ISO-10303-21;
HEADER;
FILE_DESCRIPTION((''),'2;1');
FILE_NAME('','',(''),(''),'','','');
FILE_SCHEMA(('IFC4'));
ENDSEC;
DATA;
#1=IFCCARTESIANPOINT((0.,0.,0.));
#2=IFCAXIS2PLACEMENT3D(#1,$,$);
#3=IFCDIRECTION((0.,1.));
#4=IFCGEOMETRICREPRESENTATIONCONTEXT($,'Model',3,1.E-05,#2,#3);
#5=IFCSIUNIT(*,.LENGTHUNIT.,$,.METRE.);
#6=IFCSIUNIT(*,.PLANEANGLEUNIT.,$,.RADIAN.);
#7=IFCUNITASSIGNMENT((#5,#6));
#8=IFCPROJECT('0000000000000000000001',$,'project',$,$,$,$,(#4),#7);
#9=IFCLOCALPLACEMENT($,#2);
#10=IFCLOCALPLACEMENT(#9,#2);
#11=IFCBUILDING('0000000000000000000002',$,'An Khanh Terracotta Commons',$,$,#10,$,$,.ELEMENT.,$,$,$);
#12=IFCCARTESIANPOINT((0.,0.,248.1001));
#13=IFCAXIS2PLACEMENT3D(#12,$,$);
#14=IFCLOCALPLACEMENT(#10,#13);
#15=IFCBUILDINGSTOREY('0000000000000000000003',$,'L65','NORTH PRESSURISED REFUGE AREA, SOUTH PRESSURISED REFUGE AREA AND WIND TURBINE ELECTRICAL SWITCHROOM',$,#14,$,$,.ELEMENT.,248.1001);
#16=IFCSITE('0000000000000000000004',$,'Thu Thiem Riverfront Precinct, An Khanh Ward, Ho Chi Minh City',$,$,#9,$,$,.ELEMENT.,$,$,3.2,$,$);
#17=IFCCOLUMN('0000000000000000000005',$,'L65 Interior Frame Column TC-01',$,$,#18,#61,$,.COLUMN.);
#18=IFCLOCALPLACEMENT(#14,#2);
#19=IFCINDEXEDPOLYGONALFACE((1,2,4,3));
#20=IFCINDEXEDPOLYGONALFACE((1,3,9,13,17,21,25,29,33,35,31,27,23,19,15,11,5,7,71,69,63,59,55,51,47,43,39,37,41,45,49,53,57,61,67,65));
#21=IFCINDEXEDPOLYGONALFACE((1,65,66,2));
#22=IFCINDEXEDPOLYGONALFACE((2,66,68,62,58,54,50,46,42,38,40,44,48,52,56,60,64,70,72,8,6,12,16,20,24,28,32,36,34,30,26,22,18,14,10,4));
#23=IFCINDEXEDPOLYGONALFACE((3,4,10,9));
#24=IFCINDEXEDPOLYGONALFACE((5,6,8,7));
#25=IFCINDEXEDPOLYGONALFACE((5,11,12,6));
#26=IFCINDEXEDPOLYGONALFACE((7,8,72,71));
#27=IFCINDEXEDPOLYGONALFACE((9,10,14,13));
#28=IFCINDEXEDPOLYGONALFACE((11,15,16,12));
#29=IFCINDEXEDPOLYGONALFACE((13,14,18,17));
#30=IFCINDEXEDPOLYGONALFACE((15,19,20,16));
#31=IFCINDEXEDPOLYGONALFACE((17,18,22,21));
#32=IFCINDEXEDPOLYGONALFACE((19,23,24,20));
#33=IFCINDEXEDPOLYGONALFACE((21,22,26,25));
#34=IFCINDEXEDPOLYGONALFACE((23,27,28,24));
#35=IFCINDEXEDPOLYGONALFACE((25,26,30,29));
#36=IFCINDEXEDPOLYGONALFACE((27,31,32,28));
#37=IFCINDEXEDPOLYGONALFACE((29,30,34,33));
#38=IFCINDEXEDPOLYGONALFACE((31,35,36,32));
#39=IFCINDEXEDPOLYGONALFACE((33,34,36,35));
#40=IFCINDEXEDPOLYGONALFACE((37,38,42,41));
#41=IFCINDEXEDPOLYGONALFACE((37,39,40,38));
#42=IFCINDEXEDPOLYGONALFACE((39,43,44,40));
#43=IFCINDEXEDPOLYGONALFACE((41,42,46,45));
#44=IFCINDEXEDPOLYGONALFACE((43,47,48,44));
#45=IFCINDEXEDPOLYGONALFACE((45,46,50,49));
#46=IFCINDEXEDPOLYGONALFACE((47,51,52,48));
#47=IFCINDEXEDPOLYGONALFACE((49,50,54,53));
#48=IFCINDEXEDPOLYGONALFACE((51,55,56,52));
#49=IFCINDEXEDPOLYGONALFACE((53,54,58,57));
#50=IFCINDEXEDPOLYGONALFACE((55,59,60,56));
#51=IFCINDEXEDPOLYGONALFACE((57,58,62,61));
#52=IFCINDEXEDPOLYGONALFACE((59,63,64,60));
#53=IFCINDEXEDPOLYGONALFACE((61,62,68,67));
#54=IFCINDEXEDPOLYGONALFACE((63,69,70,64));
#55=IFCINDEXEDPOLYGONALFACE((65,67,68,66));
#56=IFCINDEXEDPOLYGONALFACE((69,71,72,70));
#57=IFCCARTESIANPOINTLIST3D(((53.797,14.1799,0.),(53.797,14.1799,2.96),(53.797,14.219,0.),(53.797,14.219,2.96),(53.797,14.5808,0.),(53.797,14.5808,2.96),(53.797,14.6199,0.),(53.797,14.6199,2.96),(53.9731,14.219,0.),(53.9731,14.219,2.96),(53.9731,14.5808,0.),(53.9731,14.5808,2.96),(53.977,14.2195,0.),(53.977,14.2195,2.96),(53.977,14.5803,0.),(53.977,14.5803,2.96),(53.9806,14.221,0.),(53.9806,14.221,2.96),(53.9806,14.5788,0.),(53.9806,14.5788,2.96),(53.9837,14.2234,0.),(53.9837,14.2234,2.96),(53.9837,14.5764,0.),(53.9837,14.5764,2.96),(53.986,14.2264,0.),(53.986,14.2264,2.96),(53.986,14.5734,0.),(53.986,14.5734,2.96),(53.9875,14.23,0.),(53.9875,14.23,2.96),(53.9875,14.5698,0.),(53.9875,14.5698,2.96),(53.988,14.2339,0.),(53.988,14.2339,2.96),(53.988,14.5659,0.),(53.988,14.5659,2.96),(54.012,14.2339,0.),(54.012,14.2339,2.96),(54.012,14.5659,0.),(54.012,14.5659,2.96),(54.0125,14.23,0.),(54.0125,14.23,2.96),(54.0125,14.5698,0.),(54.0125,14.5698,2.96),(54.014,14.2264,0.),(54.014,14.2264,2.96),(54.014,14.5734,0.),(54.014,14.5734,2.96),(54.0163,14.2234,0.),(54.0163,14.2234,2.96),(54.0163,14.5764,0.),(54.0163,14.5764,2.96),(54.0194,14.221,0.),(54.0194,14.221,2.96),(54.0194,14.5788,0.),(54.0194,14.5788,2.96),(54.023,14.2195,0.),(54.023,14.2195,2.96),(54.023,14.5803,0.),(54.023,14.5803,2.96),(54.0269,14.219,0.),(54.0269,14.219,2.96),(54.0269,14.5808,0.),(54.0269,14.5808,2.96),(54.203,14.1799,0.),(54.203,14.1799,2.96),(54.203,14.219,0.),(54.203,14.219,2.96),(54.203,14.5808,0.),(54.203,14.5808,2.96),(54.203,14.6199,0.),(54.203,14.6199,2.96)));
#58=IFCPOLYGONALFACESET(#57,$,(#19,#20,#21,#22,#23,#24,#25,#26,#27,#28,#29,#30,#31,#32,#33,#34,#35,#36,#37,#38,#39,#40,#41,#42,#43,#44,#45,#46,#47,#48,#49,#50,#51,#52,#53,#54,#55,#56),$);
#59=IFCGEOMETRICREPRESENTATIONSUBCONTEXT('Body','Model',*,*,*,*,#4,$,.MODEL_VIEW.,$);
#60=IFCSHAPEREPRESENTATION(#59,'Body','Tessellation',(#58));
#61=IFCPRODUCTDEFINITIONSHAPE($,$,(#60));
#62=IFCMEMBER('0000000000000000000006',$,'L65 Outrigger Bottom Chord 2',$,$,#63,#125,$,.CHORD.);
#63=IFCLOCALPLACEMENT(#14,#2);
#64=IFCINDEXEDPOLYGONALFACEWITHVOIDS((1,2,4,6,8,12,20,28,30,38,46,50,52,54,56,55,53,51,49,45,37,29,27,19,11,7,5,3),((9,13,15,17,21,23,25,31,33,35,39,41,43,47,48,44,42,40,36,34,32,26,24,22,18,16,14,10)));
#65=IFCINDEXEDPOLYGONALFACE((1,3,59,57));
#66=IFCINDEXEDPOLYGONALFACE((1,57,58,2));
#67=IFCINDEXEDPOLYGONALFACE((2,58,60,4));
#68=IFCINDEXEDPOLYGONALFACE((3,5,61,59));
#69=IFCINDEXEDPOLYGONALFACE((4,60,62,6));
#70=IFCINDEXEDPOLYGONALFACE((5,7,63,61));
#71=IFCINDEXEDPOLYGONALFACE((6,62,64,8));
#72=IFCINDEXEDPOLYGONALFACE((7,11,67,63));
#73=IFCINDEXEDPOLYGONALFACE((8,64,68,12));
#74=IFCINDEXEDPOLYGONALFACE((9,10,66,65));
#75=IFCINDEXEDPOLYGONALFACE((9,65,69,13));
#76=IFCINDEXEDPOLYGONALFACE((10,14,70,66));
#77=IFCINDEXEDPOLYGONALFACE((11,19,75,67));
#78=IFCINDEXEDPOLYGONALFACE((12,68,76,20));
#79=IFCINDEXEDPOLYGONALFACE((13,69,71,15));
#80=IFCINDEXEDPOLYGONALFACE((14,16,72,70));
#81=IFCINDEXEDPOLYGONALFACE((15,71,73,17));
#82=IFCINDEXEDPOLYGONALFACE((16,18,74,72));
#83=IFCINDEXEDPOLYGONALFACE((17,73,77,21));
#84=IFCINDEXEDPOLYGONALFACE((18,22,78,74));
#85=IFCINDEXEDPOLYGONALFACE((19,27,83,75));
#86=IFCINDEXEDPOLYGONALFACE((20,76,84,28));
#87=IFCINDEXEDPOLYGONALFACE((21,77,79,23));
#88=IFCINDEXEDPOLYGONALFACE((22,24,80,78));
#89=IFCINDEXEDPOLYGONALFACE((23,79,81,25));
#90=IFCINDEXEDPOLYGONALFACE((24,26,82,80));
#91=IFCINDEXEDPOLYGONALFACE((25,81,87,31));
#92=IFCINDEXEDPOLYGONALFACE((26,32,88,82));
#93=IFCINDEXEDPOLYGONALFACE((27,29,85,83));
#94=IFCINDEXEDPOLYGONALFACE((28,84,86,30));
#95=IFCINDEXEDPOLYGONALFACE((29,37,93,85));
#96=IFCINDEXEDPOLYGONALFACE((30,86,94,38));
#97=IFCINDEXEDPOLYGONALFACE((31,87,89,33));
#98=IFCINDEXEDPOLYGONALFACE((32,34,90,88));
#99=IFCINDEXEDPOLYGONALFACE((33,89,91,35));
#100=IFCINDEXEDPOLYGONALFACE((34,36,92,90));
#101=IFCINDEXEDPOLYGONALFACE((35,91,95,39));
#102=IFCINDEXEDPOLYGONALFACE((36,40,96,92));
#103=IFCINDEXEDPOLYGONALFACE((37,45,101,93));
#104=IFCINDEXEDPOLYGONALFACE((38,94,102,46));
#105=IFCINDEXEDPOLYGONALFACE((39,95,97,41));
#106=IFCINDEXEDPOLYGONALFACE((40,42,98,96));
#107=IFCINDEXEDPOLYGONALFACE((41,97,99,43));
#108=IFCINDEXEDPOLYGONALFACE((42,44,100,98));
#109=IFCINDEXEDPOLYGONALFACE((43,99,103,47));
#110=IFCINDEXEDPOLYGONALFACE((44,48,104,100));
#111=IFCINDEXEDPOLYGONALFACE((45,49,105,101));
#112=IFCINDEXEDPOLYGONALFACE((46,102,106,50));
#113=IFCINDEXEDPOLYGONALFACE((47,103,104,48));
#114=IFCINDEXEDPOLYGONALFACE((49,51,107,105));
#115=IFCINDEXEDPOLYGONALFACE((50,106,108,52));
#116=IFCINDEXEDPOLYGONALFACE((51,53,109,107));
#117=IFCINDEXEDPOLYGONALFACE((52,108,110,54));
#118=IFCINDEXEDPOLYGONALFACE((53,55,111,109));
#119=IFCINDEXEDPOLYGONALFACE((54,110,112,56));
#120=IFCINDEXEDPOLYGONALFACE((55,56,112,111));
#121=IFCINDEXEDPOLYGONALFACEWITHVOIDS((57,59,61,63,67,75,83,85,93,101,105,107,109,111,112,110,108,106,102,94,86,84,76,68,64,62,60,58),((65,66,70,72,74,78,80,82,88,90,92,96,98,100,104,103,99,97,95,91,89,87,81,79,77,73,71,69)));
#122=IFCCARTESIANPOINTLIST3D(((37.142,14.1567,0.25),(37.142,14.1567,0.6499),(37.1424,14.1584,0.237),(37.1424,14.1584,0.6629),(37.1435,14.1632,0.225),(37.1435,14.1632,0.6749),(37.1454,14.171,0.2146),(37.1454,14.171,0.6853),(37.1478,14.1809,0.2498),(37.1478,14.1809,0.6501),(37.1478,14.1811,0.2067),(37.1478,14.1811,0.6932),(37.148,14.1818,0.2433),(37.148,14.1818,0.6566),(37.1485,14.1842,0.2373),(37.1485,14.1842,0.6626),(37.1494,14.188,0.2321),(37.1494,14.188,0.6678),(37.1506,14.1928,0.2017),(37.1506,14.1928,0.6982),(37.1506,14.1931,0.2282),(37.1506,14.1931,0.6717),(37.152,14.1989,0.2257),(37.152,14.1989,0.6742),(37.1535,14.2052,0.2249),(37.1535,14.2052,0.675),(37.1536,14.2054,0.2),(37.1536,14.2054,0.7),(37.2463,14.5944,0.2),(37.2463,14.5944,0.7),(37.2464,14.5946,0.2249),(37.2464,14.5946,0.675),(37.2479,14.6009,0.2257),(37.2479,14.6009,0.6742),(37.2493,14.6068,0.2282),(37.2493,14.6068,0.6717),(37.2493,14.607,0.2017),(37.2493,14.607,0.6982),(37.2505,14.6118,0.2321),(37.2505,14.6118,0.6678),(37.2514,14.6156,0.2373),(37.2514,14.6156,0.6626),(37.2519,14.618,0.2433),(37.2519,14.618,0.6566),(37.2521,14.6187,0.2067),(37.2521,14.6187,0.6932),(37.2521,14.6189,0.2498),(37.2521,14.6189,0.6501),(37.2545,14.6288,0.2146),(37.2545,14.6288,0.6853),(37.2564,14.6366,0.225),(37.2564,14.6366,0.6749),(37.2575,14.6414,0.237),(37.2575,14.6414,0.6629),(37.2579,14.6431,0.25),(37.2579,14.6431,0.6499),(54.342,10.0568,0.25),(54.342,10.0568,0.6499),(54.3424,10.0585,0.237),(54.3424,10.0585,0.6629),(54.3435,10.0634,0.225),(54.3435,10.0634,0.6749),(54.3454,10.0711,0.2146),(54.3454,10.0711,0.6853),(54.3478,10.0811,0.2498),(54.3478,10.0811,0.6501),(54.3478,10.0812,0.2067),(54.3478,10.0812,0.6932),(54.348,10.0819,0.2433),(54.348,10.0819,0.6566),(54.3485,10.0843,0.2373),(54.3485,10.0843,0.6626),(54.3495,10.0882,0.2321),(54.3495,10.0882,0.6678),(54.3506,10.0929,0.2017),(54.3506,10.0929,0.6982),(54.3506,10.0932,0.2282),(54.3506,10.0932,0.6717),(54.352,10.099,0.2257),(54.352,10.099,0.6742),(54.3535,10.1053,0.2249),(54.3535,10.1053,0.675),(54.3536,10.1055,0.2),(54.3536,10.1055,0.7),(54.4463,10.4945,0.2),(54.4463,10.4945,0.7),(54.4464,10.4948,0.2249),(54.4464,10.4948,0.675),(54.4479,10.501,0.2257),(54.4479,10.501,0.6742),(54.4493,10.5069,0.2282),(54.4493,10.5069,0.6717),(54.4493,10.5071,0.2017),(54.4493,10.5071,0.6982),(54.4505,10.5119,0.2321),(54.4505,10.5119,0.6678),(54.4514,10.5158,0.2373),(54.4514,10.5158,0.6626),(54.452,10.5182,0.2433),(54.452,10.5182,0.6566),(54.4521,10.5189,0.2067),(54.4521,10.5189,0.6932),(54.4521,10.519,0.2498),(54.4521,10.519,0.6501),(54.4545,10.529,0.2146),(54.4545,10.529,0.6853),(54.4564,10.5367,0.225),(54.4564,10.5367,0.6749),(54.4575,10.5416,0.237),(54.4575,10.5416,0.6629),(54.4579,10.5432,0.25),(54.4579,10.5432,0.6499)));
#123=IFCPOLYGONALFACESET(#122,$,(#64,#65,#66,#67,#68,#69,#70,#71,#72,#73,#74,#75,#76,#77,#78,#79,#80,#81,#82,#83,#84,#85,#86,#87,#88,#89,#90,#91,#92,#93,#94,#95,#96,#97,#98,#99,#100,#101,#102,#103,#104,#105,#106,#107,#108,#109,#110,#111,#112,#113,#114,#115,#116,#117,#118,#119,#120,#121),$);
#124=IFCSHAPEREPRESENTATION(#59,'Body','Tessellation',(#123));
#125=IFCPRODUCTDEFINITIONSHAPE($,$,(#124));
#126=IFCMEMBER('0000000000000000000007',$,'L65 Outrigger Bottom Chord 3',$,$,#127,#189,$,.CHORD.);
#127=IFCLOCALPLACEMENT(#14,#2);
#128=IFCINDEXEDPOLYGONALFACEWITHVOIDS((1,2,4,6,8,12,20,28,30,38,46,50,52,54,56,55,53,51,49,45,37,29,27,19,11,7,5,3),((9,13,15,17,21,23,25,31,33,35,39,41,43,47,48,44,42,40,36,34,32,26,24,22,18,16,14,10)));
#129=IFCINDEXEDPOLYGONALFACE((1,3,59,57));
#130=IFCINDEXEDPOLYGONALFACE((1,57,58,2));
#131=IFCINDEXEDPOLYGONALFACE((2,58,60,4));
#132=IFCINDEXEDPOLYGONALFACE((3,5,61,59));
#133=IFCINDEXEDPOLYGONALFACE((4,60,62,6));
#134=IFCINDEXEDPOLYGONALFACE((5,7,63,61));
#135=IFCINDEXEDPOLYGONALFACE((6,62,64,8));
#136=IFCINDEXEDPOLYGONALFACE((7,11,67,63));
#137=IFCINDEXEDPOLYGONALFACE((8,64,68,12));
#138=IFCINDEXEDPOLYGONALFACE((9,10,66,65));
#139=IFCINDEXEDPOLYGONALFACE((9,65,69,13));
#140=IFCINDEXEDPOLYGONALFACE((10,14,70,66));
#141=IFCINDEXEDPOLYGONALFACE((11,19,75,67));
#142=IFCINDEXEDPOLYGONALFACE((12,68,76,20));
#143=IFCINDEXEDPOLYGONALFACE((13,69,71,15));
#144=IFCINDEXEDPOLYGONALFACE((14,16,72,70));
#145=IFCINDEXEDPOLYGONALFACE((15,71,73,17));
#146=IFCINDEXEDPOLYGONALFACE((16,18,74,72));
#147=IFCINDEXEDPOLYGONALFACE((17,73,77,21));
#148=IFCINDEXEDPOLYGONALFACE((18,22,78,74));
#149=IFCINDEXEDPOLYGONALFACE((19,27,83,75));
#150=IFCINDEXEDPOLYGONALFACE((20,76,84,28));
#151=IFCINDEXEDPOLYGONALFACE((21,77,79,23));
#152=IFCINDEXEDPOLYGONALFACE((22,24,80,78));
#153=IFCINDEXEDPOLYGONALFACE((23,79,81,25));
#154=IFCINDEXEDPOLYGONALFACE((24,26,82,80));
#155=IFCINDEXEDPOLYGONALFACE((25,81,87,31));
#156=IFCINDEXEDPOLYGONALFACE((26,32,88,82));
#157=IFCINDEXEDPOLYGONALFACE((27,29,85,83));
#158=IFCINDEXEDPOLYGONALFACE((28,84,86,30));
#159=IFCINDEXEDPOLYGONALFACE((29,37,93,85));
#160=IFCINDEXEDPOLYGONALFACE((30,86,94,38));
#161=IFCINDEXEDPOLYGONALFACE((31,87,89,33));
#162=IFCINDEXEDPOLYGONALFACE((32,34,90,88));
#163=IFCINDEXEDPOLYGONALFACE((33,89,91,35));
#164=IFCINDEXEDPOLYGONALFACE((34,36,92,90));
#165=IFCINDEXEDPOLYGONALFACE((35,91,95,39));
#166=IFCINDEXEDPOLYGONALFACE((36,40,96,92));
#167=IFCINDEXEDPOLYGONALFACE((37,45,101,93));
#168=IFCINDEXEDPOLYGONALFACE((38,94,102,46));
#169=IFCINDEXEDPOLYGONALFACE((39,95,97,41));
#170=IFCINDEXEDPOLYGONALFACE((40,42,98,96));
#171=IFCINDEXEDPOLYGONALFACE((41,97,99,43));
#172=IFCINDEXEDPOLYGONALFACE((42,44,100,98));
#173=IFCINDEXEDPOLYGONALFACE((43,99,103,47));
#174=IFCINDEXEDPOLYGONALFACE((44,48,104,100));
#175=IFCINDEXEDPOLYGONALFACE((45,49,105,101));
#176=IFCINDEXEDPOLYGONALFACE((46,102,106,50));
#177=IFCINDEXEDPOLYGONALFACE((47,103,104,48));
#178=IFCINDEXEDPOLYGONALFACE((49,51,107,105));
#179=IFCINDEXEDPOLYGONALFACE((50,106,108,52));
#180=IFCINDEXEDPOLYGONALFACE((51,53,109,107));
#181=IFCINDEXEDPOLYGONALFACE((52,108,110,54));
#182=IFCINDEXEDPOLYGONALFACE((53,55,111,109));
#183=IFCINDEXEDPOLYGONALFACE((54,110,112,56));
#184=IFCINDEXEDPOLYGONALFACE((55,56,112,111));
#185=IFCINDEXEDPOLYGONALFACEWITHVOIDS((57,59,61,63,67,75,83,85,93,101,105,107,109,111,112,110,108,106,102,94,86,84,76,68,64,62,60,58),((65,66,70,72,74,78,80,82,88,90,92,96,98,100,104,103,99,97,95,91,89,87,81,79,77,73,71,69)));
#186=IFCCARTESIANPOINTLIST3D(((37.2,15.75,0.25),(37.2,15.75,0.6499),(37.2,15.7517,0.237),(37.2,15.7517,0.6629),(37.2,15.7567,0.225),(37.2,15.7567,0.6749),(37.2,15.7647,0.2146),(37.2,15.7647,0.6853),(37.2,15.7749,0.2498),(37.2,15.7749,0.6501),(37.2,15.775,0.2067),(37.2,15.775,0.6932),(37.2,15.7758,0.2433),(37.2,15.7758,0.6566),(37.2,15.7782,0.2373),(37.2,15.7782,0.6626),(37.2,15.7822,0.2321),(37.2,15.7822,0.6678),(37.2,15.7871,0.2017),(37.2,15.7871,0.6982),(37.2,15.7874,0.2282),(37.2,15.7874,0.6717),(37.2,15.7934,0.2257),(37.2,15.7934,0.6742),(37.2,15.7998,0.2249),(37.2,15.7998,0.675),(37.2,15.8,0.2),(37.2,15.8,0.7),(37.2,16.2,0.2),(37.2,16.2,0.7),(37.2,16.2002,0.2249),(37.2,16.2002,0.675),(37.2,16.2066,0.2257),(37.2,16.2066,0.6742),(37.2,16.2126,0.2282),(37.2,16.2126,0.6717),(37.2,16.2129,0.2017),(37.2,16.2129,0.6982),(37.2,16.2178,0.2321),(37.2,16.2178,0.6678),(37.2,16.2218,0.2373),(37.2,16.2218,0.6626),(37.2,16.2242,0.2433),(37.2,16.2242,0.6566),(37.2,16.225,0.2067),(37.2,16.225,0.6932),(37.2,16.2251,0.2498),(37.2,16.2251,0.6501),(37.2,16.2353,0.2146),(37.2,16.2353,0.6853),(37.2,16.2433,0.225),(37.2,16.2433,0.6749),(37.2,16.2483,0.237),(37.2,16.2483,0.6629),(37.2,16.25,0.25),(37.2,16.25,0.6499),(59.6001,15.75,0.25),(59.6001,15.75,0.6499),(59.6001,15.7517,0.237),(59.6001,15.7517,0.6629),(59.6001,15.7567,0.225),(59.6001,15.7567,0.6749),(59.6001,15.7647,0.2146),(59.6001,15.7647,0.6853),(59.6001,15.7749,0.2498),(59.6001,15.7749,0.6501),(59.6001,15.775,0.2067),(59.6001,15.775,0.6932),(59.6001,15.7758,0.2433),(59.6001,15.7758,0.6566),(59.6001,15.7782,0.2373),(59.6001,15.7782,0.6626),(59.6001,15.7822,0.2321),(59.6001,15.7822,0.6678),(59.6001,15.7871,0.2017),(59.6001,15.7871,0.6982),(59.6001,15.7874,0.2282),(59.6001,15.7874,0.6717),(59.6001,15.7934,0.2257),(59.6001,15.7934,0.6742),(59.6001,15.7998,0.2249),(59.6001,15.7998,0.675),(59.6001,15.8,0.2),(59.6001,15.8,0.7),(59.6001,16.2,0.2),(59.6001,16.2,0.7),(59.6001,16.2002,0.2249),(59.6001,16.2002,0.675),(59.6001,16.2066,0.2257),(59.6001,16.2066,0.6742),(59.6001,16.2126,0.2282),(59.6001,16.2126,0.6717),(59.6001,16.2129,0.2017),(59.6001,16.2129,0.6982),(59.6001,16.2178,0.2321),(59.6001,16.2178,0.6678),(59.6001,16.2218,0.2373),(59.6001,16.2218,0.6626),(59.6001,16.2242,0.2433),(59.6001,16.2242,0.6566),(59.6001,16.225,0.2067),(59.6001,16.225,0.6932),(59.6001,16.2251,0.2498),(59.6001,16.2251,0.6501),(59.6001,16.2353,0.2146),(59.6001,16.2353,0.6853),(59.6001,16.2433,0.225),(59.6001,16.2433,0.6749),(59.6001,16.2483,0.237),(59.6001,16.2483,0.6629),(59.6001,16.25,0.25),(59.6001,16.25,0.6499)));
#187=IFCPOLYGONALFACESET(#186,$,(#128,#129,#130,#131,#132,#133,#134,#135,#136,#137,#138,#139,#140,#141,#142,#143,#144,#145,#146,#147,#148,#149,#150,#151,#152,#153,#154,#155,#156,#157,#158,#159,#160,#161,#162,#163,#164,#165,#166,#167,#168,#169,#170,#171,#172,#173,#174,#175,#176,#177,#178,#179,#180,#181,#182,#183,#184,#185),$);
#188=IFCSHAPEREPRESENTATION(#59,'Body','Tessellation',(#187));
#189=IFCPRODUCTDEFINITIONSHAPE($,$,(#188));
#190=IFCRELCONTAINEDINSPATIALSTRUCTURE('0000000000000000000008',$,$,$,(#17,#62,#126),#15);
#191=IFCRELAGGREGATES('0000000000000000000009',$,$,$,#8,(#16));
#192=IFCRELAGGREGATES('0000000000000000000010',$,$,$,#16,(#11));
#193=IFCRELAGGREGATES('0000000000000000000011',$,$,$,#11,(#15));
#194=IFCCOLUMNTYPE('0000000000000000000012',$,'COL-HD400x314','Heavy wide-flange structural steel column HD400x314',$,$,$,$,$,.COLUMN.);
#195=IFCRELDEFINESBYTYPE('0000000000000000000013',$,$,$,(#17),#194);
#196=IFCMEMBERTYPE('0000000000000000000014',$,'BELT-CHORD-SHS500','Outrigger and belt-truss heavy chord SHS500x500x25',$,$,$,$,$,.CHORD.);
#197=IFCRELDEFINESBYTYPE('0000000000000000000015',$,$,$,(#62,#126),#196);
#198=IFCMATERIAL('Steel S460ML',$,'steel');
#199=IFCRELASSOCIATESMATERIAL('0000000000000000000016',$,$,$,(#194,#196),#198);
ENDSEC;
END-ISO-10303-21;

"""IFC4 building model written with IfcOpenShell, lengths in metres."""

from ifc_helpers import new_model, si_unit, direction, frame, origin, origin_2d, place, context, subcontext, project, spatial, hollow_rectangle, i_section, extrude, material, material_profile, profile_set, type_object, element, save


model = new_model("IFC4")

# Units and contexts
model_context = context("Model", 3, precision=1e-05, world=origin(), true_north=direction((0.0, 1.0)))
body_context = subcontext(model_context, "Body", "Model", "MODEL_VIEW")
ifc_project = project(units=[si_unit("LENGTHUNIT", "METRE"), si_unit("PLANEANGLEUNIT", "RADIAN")], contexts=[model_context])

# Site, building, storey
site_placement = place(None, origin())
site = spatial("IfcSite", under=ifc_project, at=site_placement, Name="Thu Thiem Riverfront Precinct, An Khanh Ward, Ho Chi Minh City", CompositionType="ELEMENT", RefElevation=3.2)
building_placement = place(site_placement, origin())
building = spatial("IfcBuilding", under=site, at=building_placement, Name="An Khanh Terracotta Commons", CompositionType="ELEMENT")
storey_placement = place(building_placement, frame((0.0, 0.0, 248.1001)))
storey = spatial("IfcBuildingStorey", under=building, at=storey_placement, Name="L65", Description="NORTH PRESSURISED REFUGE AREA, SOUTH PRESSURISED REFUGE AREA AND WIND TURBINE ELECTRICAL SWITCHROOM", CompositionType="ELEMENT", Elevation=248.1001)

# Column
ifc_material_1 = material(Name="Steel S460ML", Category="steel")
ifc_material_profile_1 = material_profile(ifc_material_1, i_section(OverallWidth=0.406, OverallDepth=0.4399, WebThickness=0.0239, FlangeThickness=0.0391, FilletRadius=0.0149, at=origin_2d()), Name="HD400x314")
ifc_profile_set_1 = profile_set([ifc_material_profile_1], Name="Steel S460ML")
column_type = type_object("IfcColumnType", Name="COL-HD400x314", Description="Heavy wide-flange structural steel column HD400x314", PredefinedType="COLUMN", material=ifc_profile_set_1)
column_placement = place(storey_placement, frame((54.0, 14.3999, 0.0), z_axis=(0.0, 0.0, 1.0), x_axis=(1.0, 0.0, 0.0)))
element("IfcColumn", 1, at=column_placement, inside=storey, type_object=column_type, Name="L65 Interior Frame Column TC-01", PredefinedType="COLUMN", context=body_context, shape_type="SweptSolid", body=[
    extrude(i_section(OverallWidth=0.406, OverallDepth=0.4399, WebThickness=0.0239, FlangeThickness=0.0391, FilletRadius=0.0149, at=origin_2d()), origin(), (0.0, 0.0, 1.0), 2.96),
])

# Members
ifc_material_profile_2 = material_profile(ifc_material_1, hollow_rectangle(XDim=0.5, YDim=0.5, WallThickness=0.0249, InnerFilletRadius=0.0249, OuterFilletRadius=0.05, at=origin_2d()), Name="SHS500x500x25")
ifc_profile_set_2 = profile_set([ifc_material_profile_2], Name="Steel S460ML")
member_type_1 = type_object("IfcMemberType", Name="BELT-CHORD-SHS500", Description="Outrigger and belt-truss heavy chord SHS500x500x25", PredefinedType="CHORD", material=ifc_profile_set_2)
member_1_placement = place(storey_placement, frame((37.2, 14.3999, 0.45), z_axis=(0.972747, -0.231868, 0.0), x_axis=(0.231868, 0.972747, 0.0)))
element("IfcMember", 2, at=member_1_placement, inside=storey, type_object=member_type_1, Name="L65 Outrigger Bottom Chord 2", PredefinedType="CHORD", context=body_context, shape_type="SweptSolid", body=[
    extrude(hollow_rectangle(XDim=0.5, YDim=0.5, WallThickness=0.0249, InnerFilletRadius=0.0249, OuterFilletRadius=0.05, at=origin_2d()), origin(), (0.0, 0.0, 1.0), 17.6819),
])
member_2_placement = place(storey_placement, frame((37.2, 16.0, 0.45), z_axis=(1.0, 0.0, 0.0), x_axis=(0.0, 1.0, 0.0)))
element("IfcMember", 3, at=member_2_placement, inside=storey, type_object=member_type_1, Name="L65 Outrigger Bottom Chord 3", PredefinedType="CHORD", context=body_context, shape_type="SweptSolid", body=[
    extrude(hollow_rectangle(XDim=0.5, YDim=0.5, WallThickness=0.0249, InnerFilletRadius=0.0249, OuterFilletRadius=0.05, at=origin_2d()), origin(), (0.0, 0.0, 1.0), 22.4001),
])

save(model, "model.ifc")
